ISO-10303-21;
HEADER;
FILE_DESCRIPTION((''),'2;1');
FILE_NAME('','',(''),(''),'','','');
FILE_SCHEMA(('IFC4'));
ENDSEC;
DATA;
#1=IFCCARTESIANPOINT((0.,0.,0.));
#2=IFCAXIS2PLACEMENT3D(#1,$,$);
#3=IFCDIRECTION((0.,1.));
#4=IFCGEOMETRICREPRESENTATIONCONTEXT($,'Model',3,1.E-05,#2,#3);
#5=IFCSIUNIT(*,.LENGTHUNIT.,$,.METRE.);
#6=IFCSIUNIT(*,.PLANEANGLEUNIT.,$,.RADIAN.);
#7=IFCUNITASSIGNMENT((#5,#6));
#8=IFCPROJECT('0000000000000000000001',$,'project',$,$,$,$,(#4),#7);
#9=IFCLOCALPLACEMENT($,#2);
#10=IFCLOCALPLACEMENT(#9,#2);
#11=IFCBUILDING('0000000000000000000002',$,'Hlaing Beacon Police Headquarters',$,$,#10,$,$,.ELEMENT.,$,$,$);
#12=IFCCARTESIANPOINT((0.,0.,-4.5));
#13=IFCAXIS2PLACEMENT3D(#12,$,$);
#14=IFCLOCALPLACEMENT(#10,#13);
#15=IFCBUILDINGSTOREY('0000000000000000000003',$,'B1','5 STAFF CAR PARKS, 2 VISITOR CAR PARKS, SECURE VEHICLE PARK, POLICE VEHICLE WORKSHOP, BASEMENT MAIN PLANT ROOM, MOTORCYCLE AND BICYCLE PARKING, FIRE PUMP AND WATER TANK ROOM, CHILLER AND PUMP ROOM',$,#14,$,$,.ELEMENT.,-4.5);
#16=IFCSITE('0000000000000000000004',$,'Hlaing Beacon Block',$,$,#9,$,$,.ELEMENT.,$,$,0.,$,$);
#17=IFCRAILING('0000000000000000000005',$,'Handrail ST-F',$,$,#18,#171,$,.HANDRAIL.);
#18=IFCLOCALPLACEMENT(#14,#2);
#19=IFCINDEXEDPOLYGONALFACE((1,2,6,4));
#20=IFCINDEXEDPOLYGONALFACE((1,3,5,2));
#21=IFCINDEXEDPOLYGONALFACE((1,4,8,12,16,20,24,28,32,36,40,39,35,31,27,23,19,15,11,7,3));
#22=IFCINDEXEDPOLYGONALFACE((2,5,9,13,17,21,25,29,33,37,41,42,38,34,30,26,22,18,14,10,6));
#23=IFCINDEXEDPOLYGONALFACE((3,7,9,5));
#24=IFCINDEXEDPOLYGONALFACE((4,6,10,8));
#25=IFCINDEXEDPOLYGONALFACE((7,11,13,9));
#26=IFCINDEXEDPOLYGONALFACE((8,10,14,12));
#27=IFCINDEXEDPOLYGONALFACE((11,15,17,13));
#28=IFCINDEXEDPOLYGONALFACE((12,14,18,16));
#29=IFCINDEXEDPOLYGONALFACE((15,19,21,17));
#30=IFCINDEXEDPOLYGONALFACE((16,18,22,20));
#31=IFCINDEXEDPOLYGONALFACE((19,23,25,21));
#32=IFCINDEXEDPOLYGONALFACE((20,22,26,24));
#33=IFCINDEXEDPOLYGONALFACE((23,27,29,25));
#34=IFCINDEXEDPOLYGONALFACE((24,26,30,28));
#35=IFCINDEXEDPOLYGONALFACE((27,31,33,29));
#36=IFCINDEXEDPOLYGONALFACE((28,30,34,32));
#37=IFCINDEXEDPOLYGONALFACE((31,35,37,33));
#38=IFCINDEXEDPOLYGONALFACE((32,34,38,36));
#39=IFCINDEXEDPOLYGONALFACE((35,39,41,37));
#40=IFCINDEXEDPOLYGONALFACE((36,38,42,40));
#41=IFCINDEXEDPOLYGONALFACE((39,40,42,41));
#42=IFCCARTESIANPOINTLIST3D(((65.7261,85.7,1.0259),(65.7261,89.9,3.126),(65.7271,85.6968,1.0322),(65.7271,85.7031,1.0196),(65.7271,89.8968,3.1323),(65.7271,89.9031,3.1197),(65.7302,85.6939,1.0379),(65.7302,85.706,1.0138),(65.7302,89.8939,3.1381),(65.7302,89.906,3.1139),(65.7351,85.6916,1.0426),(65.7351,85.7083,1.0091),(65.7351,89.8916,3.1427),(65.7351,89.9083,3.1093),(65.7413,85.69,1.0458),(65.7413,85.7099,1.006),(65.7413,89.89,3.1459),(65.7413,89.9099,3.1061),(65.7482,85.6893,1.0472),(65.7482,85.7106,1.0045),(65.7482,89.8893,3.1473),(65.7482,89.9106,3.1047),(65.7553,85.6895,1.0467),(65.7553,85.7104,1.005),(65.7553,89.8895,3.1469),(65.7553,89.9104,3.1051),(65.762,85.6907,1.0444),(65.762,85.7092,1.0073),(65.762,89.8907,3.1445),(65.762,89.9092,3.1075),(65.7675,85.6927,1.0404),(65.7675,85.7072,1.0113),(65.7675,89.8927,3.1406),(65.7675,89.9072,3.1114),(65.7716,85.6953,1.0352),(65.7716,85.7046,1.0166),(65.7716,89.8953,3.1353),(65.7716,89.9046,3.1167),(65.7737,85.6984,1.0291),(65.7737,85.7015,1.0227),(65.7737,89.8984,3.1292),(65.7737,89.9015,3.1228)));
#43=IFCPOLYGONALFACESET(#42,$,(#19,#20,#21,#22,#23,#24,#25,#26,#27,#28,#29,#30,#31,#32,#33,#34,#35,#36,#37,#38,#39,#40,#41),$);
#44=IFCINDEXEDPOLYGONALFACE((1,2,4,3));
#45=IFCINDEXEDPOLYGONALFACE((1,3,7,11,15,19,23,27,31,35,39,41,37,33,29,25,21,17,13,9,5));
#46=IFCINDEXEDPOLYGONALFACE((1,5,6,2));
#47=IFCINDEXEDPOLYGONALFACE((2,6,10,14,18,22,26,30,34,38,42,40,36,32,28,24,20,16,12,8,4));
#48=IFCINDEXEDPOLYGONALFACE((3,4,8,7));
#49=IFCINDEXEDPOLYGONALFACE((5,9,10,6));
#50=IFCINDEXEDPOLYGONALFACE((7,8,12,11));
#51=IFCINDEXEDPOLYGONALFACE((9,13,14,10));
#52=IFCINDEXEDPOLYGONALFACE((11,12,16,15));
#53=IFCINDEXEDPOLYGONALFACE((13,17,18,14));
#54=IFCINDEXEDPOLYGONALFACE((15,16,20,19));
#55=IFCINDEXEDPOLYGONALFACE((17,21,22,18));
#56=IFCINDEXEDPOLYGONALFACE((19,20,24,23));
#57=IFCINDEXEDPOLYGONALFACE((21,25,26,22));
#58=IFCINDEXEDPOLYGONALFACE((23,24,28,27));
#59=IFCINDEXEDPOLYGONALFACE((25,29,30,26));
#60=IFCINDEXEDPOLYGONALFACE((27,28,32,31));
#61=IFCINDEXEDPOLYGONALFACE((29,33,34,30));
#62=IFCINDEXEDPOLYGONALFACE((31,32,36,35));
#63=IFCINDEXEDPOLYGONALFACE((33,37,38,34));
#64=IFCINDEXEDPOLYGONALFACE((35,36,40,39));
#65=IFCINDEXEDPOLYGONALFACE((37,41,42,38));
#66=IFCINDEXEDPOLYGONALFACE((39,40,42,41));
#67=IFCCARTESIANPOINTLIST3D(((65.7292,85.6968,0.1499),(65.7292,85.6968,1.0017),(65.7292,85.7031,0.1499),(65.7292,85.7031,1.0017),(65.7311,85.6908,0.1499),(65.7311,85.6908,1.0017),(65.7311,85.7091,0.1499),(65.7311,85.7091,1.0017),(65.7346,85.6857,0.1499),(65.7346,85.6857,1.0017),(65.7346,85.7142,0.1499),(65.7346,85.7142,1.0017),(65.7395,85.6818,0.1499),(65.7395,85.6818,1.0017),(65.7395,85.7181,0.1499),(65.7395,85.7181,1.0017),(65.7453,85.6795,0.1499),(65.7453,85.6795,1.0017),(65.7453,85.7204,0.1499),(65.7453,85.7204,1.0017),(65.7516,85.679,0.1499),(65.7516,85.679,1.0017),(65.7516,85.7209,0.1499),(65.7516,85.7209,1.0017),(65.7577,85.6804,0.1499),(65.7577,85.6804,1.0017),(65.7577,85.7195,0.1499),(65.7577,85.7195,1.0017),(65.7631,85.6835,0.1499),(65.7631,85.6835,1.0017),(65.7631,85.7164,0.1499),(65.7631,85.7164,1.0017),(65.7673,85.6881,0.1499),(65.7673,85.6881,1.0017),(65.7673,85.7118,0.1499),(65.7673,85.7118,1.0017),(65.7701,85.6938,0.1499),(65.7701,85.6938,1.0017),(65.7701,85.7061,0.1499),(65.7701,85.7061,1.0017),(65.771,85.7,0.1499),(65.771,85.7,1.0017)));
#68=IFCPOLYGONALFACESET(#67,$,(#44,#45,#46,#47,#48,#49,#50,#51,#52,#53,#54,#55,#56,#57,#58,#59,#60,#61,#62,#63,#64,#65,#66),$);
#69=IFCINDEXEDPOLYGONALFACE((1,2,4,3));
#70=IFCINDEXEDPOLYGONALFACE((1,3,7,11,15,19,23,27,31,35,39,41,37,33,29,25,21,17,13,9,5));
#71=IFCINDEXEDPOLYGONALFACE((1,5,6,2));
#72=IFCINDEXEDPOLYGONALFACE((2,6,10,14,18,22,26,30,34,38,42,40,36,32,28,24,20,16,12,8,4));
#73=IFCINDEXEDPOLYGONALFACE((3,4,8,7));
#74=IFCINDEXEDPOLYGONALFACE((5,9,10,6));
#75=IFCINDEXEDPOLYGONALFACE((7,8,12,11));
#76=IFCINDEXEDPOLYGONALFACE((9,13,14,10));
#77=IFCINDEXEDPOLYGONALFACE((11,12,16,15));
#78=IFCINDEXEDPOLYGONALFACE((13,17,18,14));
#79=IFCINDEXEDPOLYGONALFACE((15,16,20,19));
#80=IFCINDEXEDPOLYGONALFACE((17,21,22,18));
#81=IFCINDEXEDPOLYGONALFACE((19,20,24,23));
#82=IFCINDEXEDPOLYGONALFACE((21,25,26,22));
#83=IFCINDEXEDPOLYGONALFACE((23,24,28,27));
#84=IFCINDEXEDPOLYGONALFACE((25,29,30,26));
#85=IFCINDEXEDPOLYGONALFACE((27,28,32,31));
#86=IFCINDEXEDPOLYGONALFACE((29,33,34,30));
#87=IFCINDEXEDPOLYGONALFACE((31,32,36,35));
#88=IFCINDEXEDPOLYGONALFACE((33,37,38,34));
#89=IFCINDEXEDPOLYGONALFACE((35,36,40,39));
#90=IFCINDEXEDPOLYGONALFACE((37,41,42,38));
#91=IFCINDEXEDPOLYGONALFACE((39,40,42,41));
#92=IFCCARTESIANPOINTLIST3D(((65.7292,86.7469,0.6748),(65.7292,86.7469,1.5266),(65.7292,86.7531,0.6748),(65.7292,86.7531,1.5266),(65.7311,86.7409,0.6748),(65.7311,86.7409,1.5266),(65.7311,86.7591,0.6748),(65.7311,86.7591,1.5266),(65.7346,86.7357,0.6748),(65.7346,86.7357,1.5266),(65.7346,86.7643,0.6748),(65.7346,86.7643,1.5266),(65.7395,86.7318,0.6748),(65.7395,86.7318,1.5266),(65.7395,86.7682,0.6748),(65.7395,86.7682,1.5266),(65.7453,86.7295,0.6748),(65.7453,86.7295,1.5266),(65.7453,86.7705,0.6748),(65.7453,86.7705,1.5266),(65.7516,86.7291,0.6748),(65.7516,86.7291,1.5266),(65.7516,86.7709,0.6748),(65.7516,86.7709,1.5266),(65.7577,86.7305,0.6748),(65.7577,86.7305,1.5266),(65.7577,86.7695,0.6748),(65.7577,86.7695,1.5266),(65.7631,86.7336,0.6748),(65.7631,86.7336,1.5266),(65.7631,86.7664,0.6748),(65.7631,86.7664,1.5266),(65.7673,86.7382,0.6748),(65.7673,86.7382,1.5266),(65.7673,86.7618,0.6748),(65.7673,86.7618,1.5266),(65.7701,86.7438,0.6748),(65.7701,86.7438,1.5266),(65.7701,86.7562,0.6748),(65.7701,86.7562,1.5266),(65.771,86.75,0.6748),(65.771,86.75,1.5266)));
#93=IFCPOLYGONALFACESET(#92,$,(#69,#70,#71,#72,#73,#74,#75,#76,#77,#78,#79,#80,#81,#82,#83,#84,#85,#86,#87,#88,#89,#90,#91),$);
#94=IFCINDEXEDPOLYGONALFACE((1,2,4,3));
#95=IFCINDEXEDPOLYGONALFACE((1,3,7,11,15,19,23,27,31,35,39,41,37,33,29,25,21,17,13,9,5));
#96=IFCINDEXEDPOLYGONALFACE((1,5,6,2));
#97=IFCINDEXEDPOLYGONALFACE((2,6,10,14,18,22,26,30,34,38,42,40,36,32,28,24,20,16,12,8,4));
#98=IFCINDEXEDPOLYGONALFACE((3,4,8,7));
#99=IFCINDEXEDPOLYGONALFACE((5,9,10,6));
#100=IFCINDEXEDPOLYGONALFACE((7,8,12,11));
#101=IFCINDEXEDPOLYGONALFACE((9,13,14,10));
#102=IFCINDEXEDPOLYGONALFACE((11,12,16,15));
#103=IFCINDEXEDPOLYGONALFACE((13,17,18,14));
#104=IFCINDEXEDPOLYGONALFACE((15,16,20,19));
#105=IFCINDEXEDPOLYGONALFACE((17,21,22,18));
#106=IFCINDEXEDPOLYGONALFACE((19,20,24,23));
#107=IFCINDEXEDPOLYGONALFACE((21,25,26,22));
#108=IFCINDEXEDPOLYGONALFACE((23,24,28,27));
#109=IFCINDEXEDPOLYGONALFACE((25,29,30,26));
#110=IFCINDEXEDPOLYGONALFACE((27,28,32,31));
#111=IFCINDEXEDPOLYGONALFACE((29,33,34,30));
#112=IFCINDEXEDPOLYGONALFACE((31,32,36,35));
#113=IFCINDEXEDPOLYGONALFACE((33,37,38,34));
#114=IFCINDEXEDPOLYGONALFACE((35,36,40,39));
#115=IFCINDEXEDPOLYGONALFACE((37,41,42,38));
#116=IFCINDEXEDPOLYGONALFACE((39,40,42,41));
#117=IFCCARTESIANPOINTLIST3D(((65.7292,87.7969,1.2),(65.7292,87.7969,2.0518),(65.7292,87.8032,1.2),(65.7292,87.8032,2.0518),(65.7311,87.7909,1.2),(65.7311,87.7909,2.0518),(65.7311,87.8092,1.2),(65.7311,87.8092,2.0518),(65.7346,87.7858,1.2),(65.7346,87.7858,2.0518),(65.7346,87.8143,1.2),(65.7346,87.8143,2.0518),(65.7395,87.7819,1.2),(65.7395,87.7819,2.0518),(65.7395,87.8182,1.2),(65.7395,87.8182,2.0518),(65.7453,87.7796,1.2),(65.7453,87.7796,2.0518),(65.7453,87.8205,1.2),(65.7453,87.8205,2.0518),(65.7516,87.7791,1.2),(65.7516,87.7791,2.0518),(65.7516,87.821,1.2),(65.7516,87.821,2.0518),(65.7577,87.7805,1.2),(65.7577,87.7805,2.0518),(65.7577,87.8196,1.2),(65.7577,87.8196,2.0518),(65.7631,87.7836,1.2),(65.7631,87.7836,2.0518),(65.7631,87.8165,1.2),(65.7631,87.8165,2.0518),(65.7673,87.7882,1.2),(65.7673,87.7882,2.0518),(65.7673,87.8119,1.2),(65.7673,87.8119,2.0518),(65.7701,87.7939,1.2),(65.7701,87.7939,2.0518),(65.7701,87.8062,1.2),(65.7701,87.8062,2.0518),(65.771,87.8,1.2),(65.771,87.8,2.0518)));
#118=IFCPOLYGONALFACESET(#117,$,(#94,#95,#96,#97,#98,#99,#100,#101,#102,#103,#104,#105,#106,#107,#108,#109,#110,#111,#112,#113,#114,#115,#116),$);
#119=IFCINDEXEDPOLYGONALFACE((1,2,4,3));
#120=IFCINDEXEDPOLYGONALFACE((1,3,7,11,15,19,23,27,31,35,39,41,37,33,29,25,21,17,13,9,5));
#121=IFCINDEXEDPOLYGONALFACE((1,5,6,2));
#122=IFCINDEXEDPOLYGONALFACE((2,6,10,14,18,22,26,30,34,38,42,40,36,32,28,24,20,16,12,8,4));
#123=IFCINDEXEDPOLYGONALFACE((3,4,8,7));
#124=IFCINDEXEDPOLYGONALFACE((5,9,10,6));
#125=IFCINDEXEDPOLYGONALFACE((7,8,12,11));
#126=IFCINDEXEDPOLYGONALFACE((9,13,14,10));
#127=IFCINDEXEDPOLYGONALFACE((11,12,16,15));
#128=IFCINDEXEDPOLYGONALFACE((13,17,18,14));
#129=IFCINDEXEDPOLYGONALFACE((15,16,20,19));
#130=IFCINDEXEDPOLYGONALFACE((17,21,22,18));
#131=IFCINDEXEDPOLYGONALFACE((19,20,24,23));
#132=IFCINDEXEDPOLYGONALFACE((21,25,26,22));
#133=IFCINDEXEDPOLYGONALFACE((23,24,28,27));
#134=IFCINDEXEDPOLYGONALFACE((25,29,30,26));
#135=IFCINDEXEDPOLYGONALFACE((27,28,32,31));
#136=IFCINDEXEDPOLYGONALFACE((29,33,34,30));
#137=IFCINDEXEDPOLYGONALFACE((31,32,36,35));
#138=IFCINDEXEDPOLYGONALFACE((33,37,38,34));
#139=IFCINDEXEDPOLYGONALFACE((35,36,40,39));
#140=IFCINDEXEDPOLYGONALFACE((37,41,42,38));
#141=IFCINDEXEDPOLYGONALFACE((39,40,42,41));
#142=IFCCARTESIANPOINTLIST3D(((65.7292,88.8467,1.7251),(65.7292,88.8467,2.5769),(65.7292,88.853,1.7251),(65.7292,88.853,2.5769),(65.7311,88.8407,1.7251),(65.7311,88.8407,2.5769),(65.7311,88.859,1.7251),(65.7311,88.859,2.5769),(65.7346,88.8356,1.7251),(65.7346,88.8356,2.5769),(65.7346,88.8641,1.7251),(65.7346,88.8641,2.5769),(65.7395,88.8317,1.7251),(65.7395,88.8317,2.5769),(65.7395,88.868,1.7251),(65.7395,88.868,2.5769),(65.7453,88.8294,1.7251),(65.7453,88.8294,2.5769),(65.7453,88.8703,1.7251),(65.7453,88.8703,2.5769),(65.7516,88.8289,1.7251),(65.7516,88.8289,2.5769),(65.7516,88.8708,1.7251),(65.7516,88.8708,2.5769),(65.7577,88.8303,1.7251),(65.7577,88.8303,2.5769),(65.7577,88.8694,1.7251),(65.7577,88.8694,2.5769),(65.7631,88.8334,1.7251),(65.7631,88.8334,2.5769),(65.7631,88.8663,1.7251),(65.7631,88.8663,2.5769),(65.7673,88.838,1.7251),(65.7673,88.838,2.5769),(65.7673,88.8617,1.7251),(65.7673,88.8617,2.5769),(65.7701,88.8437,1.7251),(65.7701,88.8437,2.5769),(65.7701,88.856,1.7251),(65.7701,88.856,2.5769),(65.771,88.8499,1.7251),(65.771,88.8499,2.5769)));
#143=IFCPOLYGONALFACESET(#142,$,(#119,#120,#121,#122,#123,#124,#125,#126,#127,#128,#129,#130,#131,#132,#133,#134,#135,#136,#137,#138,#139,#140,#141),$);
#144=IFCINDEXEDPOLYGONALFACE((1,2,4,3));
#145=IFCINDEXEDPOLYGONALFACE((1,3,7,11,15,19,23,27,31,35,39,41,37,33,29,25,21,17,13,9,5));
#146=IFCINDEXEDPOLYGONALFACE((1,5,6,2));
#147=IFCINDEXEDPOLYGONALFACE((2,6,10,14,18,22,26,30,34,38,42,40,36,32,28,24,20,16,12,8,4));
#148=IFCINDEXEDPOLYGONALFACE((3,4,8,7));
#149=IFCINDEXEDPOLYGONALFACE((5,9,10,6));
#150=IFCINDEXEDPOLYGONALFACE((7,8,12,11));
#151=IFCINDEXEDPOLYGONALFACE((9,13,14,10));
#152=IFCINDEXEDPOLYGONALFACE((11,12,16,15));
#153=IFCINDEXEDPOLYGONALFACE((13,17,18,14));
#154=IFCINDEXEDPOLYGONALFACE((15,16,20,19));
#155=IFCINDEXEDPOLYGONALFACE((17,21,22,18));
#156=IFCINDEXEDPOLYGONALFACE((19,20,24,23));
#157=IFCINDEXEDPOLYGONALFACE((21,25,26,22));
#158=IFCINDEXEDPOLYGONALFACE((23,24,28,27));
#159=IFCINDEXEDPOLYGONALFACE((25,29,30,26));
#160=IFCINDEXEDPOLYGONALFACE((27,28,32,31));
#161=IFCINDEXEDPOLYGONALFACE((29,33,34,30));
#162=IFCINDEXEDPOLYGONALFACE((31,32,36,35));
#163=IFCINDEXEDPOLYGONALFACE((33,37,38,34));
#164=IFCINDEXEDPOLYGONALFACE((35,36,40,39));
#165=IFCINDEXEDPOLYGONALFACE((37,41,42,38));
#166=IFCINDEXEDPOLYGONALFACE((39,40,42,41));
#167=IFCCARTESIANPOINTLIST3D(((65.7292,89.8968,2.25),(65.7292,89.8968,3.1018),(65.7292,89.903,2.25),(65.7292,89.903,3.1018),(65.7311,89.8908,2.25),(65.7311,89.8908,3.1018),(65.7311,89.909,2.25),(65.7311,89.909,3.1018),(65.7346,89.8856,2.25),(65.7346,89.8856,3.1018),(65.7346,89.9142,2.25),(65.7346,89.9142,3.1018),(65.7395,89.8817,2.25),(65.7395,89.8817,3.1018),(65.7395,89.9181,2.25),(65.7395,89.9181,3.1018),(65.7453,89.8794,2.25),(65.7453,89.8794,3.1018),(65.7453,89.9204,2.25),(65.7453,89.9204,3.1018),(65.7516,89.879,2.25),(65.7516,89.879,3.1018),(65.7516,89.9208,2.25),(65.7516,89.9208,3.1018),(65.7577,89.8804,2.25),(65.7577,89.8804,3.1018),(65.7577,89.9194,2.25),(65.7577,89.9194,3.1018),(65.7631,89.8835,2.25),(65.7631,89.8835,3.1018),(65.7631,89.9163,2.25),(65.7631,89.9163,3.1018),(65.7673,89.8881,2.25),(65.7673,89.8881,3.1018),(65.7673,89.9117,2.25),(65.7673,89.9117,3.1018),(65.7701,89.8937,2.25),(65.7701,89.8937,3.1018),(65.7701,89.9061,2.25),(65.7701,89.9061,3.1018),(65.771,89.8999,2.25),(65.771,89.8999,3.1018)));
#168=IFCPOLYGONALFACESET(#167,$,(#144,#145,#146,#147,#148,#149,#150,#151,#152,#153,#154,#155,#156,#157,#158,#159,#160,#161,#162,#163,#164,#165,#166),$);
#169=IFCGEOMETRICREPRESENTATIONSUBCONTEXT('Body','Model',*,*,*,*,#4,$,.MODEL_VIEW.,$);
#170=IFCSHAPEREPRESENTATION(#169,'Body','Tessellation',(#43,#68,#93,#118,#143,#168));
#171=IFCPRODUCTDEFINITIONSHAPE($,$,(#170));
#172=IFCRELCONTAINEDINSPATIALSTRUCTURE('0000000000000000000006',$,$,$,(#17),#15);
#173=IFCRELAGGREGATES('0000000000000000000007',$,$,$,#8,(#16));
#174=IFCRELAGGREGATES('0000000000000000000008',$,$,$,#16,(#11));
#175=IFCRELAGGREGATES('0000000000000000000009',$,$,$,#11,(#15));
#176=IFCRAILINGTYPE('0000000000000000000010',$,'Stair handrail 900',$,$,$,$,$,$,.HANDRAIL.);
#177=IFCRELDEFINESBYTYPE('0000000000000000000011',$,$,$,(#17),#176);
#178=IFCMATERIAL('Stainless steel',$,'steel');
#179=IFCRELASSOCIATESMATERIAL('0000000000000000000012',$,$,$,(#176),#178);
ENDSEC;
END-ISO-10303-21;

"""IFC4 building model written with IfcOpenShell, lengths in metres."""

from ifc_helpers import new_model, si_unit, direction, frame, origin, origin_2d, place, context, subcontext, project, spatial, circle, extrude, material, type_object, element, save


model = new_model("IFC4")

# Units and contexts
model_context = context("Model", 3, precision=1e-05, world=origin(), true_north=direction((0.0, 1.0)))
body_context = subcontext(model_context, "Body", "Model", "MODEL_VIEW")
ifc_project = project(units=[si_unit("LENGTHUNIT", "METRE"), si_unit("PLANEANGLEUNIT", "RADIAN")], contexts=[model_context])

# Site, building, storey
site_placement = place(None, origin())
site = spatial("IfcSite", under=ifc_project, at=site_placement, Name="Hlaing Beacon Block", CompositionType="ELEMENT", RefElevation=0.0)
building_placement = place(site_placement, origin())
building = spatial("IfcBuilding", under=site, at=building_placement, Name="Hlaing Beacon Police Headquarters", CompositionType="ELEMENT")
storey_placement = place(building_placement, frame((0.0, 0.0, -4.5)))
storey = spatial("IfcBuildingStorey", under=building, at=storey_placement, Name="B1", Description="5 STAFF CAR PARKS, 2 VISITOR CAR PARKS, SECURE VEHICLE PARK, POLICE VEHICLE WORKSHOP, BASEMENT MAIN PLANT ROOM, MOTORCYCLE AND BICYCLE PARKING, FIRE PUMP AND WATER TANK ROOM, CHILLER AND PUMP ROOM", CompositionType="ELEMENT", Elevation=-4.5)

# Railing
ifc_material_1 = material(Name="Stainless steel", Category="steel")
railing_type = type_object("IfcRailingType", Name="Stair handrail 900", PredefinedType="HANDRAIL", material=ifc_material_1)
for number, where, name in (
    (1, (65.75, 85.7, 0.1499), "Handrail ST-F"),
):
    element("IfcRailing", number, at=place(storey_placement, frame(where)), inside=storey, type_object=railing_type, Name=name, PredefinedType="HANDRAIL", context=body_context, shape_type="SweptSolid", body=[
        extrude(circle(Radius=0.0239, at=origin_2d()), frame((0.0, 0.0, 0.876), z_axis=(0.0, 0.894417, 0.447234), x_axis=(-1.0, 0.0, 0.0)), (0.0, 0.0, 1.0), 4.6958),
        extrude(circle(Radius=0.021, at=origin_2d()), origin(), (0.0, 0.0, 1.0), 0.8518),
        extrude(circle(Radius=0.021, at=origin_2d()), frame((0.0, 1.05, 0.5249)), (0.0, 0.0, 1.0), 0.8518),
        extrude(circle(Radius=0.021, at=origin_2d()), frame((0.0, 2.1001, 1.05)), (0.0, 0.0, 1.0), 0.8518),
        extrude(circle(Radius=0.021, at=origin_2d()), frame((0.0, 3.1499, 1.5752)), (0.0, 0.0, 1.0), 0.8518),
        extrude(circle(Radius=0.021, at=origin_2d()), frame((0.0, 4.2, 2.1001)), (0.0, 0.0, 1.0), 0.8518),
    ])

save(model, "model.ifc")
